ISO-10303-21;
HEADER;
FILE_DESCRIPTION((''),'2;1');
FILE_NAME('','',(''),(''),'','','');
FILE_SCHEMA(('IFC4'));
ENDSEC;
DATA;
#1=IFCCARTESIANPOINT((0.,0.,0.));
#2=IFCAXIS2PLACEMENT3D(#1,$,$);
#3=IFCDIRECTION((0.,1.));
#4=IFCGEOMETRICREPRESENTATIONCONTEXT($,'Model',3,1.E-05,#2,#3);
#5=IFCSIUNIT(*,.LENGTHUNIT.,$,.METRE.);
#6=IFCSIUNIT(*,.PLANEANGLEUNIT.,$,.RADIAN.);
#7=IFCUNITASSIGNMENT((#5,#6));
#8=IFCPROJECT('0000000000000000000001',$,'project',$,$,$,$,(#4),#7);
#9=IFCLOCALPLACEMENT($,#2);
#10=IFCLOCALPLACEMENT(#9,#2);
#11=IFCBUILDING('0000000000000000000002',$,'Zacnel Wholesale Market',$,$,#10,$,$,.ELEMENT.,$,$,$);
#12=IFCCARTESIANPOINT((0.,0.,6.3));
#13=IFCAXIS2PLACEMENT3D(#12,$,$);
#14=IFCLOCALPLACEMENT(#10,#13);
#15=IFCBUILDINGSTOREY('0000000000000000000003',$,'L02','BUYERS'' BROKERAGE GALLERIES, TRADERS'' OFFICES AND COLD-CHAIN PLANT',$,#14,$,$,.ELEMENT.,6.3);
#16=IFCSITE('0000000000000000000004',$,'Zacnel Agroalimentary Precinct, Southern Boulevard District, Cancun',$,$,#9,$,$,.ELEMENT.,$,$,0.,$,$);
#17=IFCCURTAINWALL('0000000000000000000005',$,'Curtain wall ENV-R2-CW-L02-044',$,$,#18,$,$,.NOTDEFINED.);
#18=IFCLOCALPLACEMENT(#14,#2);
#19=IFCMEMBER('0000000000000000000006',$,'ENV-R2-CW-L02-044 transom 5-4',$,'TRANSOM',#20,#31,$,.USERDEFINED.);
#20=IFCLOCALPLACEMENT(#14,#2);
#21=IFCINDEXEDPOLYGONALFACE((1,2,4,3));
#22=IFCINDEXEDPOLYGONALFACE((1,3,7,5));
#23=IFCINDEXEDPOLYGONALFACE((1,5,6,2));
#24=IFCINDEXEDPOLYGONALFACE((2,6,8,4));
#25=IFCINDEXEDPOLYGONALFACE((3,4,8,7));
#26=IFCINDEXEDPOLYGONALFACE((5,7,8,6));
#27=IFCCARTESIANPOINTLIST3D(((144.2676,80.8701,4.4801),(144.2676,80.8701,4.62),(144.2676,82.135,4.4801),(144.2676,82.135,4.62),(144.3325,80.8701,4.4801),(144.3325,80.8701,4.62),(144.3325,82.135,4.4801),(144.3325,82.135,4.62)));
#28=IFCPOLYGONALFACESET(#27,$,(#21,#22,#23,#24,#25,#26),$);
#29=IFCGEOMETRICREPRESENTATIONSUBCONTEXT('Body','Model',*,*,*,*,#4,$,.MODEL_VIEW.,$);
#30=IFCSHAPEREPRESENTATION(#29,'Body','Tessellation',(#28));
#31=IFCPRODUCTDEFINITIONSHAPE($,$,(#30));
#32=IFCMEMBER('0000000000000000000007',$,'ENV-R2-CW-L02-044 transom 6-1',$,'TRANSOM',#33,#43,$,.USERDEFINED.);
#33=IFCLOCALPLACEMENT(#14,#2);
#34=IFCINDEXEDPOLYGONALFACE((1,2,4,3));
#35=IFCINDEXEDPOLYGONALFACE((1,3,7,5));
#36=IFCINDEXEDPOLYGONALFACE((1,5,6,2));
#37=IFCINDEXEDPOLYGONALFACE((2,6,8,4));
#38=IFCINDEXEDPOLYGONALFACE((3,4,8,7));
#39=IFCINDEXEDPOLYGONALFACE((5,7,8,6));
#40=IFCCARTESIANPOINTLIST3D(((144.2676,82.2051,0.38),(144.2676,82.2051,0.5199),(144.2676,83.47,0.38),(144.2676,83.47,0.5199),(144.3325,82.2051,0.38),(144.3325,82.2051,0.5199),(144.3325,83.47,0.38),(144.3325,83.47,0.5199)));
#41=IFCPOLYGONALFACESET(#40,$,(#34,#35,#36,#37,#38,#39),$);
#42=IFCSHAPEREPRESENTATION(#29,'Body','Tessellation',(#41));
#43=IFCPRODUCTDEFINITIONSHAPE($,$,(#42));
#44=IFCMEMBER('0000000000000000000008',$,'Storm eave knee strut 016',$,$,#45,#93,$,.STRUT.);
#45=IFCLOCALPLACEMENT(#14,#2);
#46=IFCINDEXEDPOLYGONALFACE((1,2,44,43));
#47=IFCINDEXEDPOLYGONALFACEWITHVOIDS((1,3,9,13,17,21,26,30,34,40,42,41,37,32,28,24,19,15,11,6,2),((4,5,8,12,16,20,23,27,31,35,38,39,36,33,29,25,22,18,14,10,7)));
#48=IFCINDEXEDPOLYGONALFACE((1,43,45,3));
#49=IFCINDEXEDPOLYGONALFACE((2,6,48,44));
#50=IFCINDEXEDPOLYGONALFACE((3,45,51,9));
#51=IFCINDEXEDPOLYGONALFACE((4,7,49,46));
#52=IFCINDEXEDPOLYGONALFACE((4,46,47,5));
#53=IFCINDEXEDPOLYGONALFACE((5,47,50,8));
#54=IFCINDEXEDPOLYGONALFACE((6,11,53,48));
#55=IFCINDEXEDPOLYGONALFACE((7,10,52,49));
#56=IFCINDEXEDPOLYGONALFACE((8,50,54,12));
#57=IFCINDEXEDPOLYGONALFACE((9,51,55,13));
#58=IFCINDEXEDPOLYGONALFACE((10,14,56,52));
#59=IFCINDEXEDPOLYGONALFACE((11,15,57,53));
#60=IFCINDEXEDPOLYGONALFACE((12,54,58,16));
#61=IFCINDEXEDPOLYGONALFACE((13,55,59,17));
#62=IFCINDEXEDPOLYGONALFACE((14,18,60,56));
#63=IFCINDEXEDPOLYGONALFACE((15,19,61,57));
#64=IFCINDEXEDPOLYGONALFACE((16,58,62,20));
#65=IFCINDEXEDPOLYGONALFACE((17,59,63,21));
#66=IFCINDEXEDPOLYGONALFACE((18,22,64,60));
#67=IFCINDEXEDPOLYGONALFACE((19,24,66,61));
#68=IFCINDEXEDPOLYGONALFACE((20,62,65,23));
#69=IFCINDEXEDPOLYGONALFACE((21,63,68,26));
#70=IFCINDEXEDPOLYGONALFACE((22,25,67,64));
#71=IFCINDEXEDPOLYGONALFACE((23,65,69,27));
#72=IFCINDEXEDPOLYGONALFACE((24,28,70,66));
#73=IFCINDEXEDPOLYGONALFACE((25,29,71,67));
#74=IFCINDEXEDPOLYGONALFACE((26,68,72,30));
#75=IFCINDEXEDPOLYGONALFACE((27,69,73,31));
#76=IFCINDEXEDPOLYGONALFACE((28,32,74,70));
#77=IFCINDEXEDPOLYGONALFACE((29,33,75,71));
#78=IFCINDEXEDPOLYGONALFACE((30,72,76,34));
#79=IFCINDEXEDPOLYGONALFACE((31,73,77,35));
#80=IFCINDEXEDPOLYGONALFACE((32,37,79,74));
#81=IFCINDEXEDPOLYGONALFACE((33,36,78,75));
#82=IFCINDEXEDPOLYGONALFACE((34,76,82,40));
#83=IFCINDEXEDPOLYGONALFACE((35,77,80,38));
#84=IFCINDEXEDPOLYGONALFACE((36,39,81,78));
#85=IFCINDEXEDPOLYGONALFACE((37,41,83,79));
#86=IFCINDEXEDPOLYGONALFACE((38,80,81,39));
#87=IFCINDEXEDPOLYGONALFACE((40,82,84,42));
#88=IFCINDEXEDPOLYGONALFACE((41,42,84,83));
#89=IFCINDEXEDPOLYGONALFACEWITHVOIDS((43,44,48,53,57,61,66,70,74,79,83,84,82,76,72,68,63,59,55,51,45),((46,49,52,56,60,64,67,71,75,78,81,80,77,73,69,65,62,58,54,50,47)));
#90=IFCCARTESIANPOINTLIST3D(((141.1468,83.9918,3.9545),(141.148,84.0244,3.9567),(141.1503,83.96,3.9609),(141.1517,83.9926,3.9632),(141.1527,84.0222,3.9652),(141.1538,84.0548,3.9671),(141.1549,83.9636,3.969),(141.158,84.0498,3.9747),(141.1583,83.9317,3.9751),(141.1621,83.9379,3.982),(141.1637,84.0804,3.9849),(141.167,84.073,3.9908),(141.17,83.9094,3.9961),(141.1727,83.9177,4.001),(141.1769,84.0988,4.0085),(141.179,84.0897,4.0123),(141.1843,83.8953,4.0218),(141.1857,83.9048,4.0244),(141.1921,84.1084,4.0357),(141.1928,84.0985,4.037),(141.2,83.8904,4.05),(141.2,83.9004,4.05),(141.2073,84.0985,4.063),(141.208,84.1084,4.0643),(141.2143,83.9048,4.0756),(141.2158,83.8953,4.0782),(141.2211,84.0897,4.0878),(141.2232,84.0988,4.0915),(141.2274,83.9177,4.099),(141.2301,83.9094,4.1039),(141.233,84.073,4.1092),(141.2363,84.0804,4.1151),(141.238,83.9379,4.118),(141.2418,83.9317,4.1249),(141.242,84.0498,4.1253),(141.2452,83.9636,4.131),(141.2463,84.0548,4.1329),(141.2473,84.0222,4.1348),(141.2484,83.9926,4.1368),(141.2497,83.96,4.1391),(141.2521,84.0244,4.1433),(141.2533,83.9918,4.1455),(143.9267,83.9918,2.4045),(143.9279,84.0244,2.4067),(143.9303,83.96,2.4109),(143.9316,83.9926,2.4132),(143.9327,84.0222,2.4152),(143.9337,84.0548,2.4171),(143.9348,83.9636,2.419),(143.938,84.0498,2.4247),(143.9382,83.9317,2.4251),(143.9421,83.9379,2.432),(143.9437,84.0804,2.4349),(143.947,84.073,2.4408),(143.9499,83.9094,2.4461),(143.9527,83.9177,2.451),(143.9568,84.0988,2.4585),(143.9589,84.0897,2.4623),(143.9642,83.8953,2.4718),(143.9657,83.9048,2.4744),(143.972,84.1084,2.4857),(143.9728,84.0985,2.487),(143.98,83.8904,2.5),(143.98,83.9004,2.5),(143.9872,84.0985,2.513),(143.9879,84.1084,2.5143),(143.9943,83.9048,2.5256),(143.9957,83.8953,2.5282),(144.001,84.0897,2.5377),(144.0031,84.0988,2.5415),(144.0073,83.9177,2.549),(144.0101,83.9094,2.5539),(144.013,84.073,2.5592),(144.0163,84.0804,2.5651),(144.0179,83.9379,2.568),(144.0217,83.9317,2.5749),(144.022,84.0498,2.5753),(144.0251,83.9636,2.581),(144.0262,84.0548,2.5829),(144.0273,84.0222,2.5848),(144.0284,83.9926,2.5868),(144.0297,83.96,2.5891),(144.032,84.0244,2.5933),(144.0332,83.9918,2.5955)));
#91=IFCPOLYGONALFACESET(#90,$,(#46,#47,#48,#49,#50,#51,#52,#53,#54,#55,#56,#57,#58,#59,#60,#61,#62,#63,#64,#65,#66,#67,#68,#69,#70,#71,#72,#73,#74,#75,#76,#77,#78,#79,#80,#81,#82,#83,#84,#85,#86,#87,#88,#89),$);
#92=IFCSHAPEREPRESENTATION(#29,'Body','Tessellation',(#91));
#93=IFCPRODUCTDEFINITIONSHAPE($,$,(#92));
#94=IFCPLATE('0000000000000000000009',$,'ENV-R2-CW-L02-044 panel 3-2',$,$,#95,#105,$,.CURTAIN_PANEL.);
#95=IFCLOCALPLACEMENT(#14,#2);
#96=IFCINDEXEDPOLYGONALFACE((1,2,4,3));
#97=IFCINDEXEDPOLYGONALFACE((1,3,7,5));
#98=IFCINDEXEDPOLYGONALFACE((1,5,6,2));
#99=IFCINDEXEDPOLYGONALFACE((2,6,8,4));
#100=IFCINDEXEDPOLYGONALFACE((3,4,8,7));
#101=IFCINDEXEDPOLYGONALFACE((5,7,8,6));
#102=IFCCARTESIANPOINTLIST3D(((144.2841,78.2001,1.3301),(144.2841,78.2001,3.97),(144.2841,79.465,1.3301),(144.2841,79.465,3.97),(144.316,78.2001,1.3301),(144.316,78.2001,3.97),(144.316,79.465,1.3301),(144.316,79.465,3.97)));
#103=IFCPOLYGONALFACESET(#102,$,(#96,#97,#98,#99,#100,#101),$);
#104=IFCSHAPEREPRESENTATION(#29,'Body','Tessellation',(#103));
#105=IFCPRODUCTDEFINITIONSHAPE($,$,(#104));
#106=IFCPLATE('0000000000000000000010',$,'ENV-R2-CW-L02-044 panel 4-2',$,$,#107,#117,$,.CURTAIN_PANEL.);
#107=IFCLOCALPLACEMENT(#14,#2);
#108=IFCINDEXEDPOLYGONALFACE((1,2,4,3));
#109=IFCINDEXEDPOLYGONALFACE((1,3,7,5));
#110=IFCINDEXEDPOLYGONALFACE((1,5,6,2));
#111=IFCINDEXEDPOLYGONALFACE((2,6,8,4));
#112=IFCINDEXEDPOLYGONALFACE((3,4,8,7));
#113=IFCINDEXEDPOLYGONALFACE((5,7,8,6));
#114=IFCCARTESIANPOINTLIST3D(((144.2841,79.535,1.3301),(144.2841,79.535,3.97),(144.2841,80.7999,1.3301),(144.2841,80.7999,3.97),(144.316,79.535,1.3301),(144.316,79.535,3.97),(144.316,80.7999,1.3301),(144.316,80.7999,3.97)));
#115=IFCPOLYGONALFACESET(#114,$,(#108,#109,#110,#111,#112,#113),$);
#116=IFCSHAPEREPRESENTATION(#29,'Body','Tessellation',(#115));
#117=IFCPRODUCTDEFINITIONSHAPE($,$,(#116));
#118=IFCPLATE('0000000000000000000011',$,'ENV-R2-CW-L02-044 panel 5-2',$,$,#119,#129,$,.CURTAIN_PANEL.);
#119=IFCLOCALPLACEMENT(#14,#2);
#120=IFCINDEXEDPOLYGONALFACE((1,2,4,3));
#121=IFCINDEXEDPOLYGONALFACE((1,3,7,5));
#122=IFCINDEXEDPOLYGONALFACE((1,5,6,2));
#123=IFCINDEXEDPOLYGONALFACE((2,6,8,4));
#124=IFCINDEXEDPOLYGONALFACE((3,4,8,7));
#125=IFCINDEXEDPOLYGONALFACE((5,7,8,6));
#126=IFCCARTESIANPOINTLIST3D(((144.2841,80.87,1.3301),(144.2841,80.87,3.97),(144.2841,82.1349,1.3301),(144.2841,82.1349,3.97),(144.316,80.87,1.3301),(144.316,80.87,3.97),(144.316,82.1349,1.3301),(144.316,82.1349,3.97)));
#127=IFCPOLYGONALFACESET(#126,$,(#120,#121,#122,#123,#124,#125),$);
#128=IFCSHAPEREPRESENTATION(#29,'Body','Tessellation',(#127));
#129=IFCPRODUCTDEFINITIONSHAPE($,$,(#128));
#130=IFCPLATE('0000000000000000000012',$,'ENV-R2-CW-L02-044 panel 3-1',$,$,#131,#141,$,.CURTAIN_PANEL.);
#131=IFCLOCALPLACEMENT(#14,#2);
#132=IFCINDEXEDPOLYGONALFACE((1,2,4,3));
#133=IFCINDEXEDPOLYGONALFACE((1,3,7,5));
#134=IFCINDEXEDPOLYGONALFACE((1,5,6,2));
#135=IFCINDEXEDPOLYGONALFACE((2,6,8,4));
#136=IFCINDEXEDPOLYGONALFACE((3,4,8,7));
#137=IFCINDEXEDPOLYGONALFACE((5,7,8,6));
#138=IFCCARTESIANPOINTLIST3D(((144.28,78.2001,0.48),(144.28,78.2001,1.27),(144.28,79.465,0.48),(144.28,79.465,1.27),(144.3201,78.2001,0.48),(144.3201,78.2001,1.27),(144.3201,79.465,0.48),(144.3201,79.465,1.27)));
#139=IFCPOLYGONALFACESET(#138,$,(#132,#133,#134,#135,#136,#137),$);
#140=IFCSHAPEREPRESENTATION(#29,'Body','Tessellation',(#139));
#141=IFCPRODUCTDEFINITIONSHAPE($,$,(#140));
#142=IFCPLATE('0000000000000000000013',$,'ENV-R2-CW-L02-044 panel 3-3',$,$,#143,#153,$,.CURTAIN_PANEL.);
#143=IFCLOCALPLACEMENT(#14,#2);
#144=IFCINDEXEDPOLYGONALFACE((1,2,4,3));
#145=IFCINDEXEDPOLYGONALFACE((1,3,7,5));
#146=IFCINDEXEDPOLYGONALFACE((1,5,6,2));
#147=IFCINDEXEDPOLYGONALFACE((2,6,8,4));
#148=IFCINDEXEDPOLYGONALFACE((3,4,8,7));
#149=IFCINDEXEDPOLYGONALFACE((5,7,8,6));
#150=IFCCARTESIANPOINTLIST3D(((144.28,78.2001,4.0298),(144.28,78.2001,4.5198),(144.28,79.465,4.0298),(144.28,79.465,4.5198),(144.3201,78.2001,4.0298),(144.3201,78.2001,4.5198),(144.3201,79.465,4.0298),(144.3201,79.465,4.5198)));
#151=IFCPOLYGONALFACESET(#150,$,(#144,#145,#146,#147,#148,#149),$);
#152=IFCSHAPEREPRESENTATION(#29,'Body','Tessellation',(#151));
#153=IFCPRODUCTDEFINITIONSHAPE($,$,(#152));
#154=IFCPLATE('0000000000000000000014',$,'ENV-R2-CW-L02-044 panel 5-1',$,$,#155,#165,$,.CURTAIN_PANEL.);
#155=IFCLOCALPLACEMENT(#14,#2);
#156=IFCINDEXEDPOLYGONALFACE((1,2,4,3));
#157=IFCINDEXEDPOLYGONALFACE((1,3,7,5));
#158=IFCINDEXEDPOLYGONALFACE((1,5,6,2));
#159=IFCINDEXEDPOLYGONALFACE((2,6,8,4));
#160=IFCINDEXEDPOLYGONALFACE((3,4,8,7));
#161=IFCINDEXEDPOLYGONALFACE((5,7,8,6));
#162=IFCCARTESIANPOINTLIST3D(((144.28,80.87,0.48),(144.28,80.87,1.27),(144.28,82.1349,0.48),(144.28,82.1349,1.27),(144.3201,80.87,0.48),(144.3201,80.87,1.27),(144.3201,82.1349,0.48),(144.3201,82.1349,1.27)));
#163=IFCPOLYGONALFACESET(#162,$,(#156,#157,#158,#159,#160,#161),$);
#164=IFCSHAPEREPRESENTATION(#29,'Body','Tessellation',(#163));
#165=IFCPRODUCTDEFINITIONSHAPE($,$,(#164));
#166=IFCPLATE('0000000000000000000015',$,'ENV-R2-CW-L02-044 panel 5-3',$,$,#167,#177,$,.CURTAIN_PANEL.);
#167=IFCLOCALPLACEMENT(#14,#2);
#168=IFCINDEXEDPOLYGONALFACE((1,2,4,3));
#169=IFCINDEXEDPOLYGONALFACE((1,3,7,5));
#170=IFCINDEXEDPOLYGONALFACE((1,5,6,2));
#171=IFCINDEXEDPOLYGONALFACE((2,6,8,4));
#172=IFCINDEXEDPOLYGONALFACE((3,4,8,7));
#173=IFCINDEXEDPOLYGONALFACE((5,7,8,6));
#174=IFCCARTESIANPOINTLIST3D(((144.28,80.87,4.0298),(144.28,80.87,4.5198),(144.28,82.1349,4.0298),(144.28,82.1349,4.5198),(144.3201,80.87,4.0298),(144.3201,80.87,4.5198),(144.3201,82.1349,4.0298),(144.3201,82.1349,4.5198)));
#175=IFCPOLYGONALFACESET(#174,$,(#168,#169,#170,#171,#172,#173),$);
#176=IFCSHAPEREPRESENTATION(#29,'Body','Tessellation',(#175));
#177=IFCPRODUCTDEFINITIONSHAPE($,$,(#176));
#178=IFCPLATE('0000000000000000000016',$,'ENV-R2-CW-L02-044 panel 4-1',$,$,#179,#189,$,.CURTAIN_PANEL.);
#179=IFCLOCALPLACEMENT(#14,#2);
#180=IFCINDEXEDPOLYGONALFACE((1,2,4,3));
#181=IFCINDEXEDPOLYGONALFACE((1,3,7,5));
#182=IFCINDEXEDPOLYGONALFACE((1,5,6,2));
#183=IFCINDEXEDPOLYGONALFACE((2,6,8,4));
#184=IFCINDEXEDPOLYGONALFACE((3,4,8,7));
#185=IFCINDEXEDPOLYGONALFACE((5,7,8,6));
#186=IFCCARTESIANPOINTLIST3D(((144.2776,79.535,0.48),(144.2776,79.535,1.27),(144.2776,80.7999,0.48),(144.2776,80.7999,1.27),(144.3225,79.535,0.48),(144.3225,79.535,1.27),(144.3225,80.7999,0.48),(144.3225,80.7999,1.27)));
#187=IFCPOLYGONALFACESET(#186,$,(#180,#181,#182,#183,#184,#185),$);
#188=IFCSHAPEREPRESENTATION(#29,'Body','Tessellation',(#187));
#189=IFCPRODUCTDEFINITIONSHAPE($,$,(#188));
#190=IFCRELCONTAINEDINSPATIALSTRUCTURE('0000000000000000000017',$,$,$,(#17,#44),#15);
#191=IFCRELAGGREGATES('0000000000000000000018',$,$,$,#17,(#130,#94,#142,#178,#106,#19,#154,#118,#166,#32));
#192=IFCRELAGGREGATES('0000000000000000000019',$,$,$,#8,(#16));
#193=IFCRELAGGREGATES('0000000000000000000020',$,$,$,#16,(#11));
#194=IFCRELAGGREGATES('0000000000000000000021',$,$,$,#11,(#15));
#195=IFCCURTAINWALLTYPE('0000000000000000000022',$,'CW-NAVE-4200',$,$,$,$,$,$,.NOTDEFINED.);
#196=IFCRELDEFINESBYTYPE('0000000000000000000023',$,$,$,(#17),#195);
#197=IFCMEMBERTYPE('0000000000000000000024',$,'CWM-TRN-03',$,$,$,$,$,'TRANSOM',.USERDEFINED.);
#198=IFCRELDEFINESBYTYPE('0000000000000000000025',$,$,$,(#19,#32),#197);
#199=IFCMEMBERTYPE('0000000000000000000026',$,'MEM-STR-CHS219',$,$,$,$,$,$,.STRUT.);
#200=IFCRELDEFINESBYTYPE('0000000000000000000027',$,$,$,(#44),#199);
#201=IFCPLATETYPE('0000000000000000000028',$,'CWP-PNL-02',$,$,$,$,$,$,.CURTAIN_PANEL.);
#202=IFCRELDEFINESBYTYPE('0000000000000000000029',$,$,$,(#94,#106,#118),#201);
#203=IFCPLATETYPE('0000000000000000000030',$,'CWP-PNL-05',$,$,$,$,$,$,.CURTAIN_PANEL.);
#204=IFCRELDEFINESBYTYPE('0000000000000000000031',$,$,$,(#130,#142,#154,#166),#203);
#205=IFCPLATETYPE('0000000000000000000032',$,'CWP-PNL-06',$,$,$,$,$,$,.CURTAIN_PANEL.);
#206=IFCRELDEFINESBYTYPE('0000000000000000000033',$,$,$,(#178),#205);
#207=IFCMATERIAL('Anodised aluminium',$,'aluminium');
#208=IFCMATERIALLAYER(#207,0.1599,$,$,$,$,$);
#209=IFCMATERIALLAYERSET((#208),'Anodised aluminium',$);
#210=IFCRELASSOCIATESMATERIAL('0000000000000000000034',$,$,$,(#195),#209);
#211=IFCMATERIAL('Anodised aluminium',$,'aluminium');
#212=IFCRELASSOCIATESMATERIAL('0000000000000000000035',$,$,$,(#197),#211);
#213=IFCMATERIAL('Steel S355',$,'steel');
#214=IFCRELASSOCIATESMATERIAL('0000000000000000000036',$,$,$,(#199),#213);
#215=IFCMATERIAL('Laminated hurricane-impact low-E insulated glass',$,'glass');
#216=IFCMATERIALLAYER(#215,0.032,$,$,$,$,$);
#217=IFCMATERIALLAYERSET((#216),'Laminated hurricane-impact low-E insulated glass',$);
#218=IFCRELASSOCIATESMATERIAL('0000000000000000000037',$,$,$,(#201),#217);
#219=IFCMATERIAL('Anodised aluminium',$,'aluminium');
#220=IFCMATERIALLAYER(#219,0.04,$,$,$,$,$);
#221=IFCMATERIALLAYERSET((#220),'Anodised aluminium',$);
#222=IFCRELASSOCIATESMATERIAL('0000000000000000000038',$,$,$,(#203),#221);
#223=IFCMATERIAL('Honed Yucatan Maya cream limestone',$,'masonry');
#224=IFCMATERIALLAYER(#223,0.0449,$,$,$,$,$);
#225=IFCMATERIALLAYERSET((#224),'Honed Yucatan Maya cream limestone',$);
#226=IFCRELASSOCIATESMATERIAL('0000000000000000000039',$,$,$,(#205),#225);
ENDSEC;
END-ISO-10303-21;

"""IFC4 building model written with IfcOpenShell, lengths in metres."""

from ifc_helpers import new_model, si_unit, direction, frame, origin, origin_2d, place, context, subcontext, project, spatial, rectangle, hollow_circle, extrude, material, layer, layer_set, material_profile, profile_set, type_object, element, aggregate, save


model = new_model("IFC4")

# Units and contexts
model_context = context("Model", 3, precision=1e-05, world=origin(), true_north=direction((0.0, 1.0)))
body_context = subcontext(model_context, "Body", "Model", "MODEL_VIEW")
ifc_project = project(units=[si_unit("LENGTHUNIT", "METRE"), si_unit("PLANEANGLEUNIT", "RADIAN")], contexts=[model_context])

# Site, building, storey
site_placement = place(None, origin())
site = spatial("IfcSite", under=ifc_project, at=site_placement, Name="Zacnel Agroalimentary Precinct, Southern Boulevard District, Cancun", CompositionType="ELEMENT", RefElevation=0.0)
building_placement = place(site_placement, origin())
building = spatial("IfcBuilding", under=site, at=building_placement, Name="Zacnel Wholesale Market", CompositionType="ELEMENT")
storey_placement = place(building_placement, frame((0.0, 0.0, 6.3)))
storey = spatial("IfcBuildingStorey", under=building, at=storey_placement, Name="L02", Description="BUYERS' BROKERAGE GALLERIES, TRADERS' OFFICES AND COLD-CHAIN PLANT", CompositionType="ELEMENT", Elevation=6.3)

# Curtain wall, members
ifc_material_1 = material(Name="Anodised aluminium", Category="aluminium")
ifc_layer_1 = layer(ifc_material_1, 0.1599)
ifc_layer_set_1 = layer_set([ifc_layer_1], Name="Anodised aluminium")
curtain_wall_type = type_object("IfcCurtainWallType", Name="CW-NAVE-4200", PredefinedType="NOTDEFINED", material=ifc_layer_set_1)
curtain_wall_placement = place(storey_placement, origin())
curtain_wall = element("IfcCurtainWall", 1, at=curtain_wall_placement, inside=storey, type_object=curtain_wall_type, Name="Curtain wall ENV-R2-CW-L02-044", PredefinedType="NOTDEFINED")
ifc_material_2 = material(Name="Anodised aluminium", Category="aluminium")
ifc_material_profile_1 = material_profile(ifc_material_2, rectangle(XDim=0.0649, YDim=0.1399, at=origin_2d()), Name="AW-TRANSOM 65x140")
ifc_profile_set_1 = profile_set([ifc_material_profile_1], Name="Anodised aluminium")
member_type_1 = type_object("IfcMemberType", Name="CWM-TRN-03", ElementType="TRANSOM", PredefinedType="USERDEFINED", material=ifc_profile_set_1)
member_1_placement = place(storey_placement, frame((144.3, 80.8701, 4.55), z_axis=(0.0, 1.0, 0.0), x_axis=(-1.0, 0.0, 0.0)))
member_1 = element("IfcMember", 2, at=member_1_placement, type_object=member_type_1, Name="ENV-R2-CW-L02-044 transom 5-4", ObjectType="TRANSOM", PredefinedType="USERDEFINED", context=body_context, shape_type="SweptSolid", body=[
    extrude(rectangle(XDim=0.0649, YDim=0.1399, at=origin_2d()), origin(), (0.0, 0.0, 1.0), 1.2649),
])
member_2_placement = place(storey_placement, frame((144.3, 82.2051, 0.45), z_axis=(0.0, 1.0, 0.0), x_axis=(-1.0, 0.0, 0.0)))
member_2 = element("IfcMember", 3, at=member_2_placement, type_object=member_type_1, Name="ENV-R2-CW-L02-044 transom 6-1", ObjectType="TRANSOM", PredefinedType="USERDEFINED", context=body_context, shape_type="SweptSolid", body=[
    extrude(rectangle(XDim=0.0649, YDim=0.1399, at=origin_2d()), origin(), (0.0, 0.0, 1.0), 1.2649),
])

# Member
ifc_material_3 = material(Name="Steel S355", Category="steel")
ifc_material_profile_2 = material_profile(ifc_material_3, hollow_circle(Radius=0.1096, WallThickness=0.01, at=origin_2d()), Name="CHS 219.1x10")
ifc_profile_set_2 = profile_set([ifc_material_profile_2], Name="Steel S355")
member_type_2 = type_object("IfcMemberType", Name="MEM-STR-CHS219", PredefinedType="STRUT", material=ifc_profile_set_2)
member_3_placement = place(storey_placement, frame((143.98, 84.0, 2.5), z_axis=(-0.873411, 0.0, 0.486984), x_axis=(0.0, -1.0, 0.0)))
element("IfcMember", 4, at=member_3_placement, inside=storey, type_object=member_type_2, Name="Storm eave knee strut 016", PredefinedType="STRUT", context=body_context, shape_type="SweptSolid", body=[
    extrude(hollow_circle(Radius=0.1096, WallThickness=0.01, at=origin_2d()), origin(), (0.0, 0.0, 1.0), 3.1829),
])

# Plates
ifc_material_4 = material(Name="Laminated hurricane-impact low-E insulated glass", Category="glass")
ifc_layer_2 = layer(ifc_material_4, 0.032)
ifc_layer_set_2 = layer_set([ifc_layer_2], Name="Laminated hurricane-impact low-E insulated glass")
plate_type_1 = type_object("IfcPlateType", Name="CWP-PNL-02", PredefinedType="CURTAIN_PANEL", material=ifc_layer_set_2)
plate_1_placement = place(storey_placement, frame((144.3, 78.8325, 1.3301), z_axis=(0.0, 0.0, 1.0), x_axis=(0.0, 1.0, 0.0)))
plate_1 = element("IfcPlate", 5, at=plate_1_placement, type_object=plate_type_1, Name="ENV-R2-CW-L02-044 panel 3-2", PredefinedType="CURTAIN_PANEL", context=body_context, shape_type="SweptSolid", body=[
    extrude(rectangle(XDim=1.2649, YDim=0.032, at=origin_2d()), origin(), (0.0, 0.0, 1.0), 2.6399),
])
plate_2_placement = place(storey_placement, frame((144.3, 80.1675, 1.3301), z_axis=(0.0, 0.0, 1.0), x_axis=(0.0, 1.0, 0.0)))
plate_2 = element("IfcPlate", 6, at=plate_2_placement, type_object=plate_type_1, Name="ENV-R2-CW-L02-044 panel 4-2", PredefinedType="CURTAIN_PANEL", context=body_context, shape_type="SweptSolid", body=[
    extrude(rectangle(XDim=1.2649, YDim=0.032, at=origin_2d()), origin(), (0.0, 0.0, 1.0), 2.6399),
])
plate_3_placement = place(storey_placement, frame((144.3, 81.5024, 1.3301), z_axis=(0.0, 0.0, 1.0), x_axis=(0.0, 1.0, 0.0)))
plate_3 = element("IfcPlate", 7, at=plate_3_placement, type_object=plate_type_1, Name="ENV-R2-CW-L02-044 panel 5-2", PredefinedType="CURTAIN_PANEL", context=body_context, shape_type="SweptSolid", body=[
    extrude(rectangle(XDim=1.2649, YDim=0.032, at=origin_2d()), origin(), (0.0, 0.0, 1.0), 2.6399),
])
ifc_material_5 = material(Name="Anodised aluminium", Category="aluminium")
ifc_layer_3 = layer(ifc_material_5, 0.04)
ifc_layer_set_3 = layer_set([ifc_layer_3], Name="Anodised aluminium")
plate_type_2 = type_object("IfcPlateType", Name="CWP-PNL-05", PredefinedType="CURTAIN_PANEL", material=ifc_layer_set_3)
plate_4_placement = place(storey_placement, frame((144.3, 78.8325, 0.48), z_axis=(0.0, 0.0, 1.0), x_axis=(0.0, 1.0, 0.0)))
plate_4 = element("IfcPlate", 8, at=plate_4_placement, type_object=plate_type_2, Name="ENV-R2-CW-L02-044 panel 3-1", PredefinedType="CURTAIN_PANEL", context=body_context, shape_type="SweptSolid", body=[
    extrude(rectangle(XDim=1.2649, YDim=0.04, at=origin_2d()), origin(), (0.0, 0.0, 1.0), 0.79),
])
plate_5_placement = place(storey_placement, frame((144.3, 78.8325, 4.0298), z_axis=(0.0, 0.0, 1.0), x_axis=(0.0, 1.0, 0.0)))
plate_5 = element("IfcPlate", 9, at=plate_5_placement, type_object=plate_type_2, Name="ENV-R2-CW-L02-044 panel 3-3", PredefinedType="CURTAIN_PANEL", context=body_context, shape_type="SweptSolid", body=[
    extrude(rectangle(XDim=1.2649, YDim=0.04, at=origin_2d()), origin(), (0.0, 0.0, 1.0), 0.49),
])
plate_6_placement = place(storey_placement, frame((144.3, 81.5024, 0.48), z_axis=(0.0, 0.0, 1.0), x_axis=(0.0, 1.0, 0.0)))
plate_6 = element("IfcPlate", 10, at=plate_6_placement, type_object=plate_type_2, Name="ENV-R2-CW-L02-044 panel 5-1", PredefinedType="CURTAIN_PANEL", context=body_context, shape_type="SweptSolid", body=[
    extrude(rectangle(XDim=1.2649, YDim=0.04, at=origin_2d()), origin(), (0.0, 0.0, 1.0), 0.79),
])
plate_7_placement = place(storey_placement, frame((144.3, 81.5024, 4.0298), z_axis=(0.0, 0.0, 1.0), x_axis=(0.0, 1.0, 0.0)))
plate_7 = element("IfcPlate", 11, at=plate_7_placement, type_object=plate_type_2, Name="ENV-R2-CW-L02-044 panel 5-3", PredefinedType="CURTAIN_PANEL", context=body_context, shape_type="SweptSolid", body=[
    extrude(rectangle(XDim=1.2649, YDim=0.04, at=origin_2d()), origin(), (0.0, 0.0, 1.0), 0.49),
])
ifc_material_6 = material(Name="Honed Yucatan Maya cream limestone", Category="masonry")
ifc_layer_4 = layer(ifc_material_6, 0.0449)
ifc_layer_set_4 = layer_set([ifc_layer_4], Name="Honed Yucatan Maya cream limestone")
plate_type_3 = type_object("IfcPlateType", Name="CWP-PNL-06", PredefinedType="CURTAIN_PANEL", material=ifc_layer_set_4)
plate_8_placement = place(storey_placement, frame((144.3, 80.1675, 0.48), z_axis=(0.0, 0.0, 1.0), x_axis=(0.0, 1.0, 0.0)))
plate_8 = element("IfcPlate", 12, at=plate_8_placement, type_object=plate_type_3, Name="ENV-R2-CW-L02-044 panel 4-1", PredefinedType="CURTAIN_PANEL", context=body_context, shape_type="SweptSolid", body=[
    extrude(rectangle(XDim=1.2649, YDim=0.0449, at=origin_2d()), origin(), (0.0, 0.0, 1.0), 0.79),
])
aggregate(curtain_wall, [plate_4, plate_1, plate_5, plate_8, plate_2, member_1, plate_6, plate_3, plate_7, member_2])

save(model, "model.ifc")
